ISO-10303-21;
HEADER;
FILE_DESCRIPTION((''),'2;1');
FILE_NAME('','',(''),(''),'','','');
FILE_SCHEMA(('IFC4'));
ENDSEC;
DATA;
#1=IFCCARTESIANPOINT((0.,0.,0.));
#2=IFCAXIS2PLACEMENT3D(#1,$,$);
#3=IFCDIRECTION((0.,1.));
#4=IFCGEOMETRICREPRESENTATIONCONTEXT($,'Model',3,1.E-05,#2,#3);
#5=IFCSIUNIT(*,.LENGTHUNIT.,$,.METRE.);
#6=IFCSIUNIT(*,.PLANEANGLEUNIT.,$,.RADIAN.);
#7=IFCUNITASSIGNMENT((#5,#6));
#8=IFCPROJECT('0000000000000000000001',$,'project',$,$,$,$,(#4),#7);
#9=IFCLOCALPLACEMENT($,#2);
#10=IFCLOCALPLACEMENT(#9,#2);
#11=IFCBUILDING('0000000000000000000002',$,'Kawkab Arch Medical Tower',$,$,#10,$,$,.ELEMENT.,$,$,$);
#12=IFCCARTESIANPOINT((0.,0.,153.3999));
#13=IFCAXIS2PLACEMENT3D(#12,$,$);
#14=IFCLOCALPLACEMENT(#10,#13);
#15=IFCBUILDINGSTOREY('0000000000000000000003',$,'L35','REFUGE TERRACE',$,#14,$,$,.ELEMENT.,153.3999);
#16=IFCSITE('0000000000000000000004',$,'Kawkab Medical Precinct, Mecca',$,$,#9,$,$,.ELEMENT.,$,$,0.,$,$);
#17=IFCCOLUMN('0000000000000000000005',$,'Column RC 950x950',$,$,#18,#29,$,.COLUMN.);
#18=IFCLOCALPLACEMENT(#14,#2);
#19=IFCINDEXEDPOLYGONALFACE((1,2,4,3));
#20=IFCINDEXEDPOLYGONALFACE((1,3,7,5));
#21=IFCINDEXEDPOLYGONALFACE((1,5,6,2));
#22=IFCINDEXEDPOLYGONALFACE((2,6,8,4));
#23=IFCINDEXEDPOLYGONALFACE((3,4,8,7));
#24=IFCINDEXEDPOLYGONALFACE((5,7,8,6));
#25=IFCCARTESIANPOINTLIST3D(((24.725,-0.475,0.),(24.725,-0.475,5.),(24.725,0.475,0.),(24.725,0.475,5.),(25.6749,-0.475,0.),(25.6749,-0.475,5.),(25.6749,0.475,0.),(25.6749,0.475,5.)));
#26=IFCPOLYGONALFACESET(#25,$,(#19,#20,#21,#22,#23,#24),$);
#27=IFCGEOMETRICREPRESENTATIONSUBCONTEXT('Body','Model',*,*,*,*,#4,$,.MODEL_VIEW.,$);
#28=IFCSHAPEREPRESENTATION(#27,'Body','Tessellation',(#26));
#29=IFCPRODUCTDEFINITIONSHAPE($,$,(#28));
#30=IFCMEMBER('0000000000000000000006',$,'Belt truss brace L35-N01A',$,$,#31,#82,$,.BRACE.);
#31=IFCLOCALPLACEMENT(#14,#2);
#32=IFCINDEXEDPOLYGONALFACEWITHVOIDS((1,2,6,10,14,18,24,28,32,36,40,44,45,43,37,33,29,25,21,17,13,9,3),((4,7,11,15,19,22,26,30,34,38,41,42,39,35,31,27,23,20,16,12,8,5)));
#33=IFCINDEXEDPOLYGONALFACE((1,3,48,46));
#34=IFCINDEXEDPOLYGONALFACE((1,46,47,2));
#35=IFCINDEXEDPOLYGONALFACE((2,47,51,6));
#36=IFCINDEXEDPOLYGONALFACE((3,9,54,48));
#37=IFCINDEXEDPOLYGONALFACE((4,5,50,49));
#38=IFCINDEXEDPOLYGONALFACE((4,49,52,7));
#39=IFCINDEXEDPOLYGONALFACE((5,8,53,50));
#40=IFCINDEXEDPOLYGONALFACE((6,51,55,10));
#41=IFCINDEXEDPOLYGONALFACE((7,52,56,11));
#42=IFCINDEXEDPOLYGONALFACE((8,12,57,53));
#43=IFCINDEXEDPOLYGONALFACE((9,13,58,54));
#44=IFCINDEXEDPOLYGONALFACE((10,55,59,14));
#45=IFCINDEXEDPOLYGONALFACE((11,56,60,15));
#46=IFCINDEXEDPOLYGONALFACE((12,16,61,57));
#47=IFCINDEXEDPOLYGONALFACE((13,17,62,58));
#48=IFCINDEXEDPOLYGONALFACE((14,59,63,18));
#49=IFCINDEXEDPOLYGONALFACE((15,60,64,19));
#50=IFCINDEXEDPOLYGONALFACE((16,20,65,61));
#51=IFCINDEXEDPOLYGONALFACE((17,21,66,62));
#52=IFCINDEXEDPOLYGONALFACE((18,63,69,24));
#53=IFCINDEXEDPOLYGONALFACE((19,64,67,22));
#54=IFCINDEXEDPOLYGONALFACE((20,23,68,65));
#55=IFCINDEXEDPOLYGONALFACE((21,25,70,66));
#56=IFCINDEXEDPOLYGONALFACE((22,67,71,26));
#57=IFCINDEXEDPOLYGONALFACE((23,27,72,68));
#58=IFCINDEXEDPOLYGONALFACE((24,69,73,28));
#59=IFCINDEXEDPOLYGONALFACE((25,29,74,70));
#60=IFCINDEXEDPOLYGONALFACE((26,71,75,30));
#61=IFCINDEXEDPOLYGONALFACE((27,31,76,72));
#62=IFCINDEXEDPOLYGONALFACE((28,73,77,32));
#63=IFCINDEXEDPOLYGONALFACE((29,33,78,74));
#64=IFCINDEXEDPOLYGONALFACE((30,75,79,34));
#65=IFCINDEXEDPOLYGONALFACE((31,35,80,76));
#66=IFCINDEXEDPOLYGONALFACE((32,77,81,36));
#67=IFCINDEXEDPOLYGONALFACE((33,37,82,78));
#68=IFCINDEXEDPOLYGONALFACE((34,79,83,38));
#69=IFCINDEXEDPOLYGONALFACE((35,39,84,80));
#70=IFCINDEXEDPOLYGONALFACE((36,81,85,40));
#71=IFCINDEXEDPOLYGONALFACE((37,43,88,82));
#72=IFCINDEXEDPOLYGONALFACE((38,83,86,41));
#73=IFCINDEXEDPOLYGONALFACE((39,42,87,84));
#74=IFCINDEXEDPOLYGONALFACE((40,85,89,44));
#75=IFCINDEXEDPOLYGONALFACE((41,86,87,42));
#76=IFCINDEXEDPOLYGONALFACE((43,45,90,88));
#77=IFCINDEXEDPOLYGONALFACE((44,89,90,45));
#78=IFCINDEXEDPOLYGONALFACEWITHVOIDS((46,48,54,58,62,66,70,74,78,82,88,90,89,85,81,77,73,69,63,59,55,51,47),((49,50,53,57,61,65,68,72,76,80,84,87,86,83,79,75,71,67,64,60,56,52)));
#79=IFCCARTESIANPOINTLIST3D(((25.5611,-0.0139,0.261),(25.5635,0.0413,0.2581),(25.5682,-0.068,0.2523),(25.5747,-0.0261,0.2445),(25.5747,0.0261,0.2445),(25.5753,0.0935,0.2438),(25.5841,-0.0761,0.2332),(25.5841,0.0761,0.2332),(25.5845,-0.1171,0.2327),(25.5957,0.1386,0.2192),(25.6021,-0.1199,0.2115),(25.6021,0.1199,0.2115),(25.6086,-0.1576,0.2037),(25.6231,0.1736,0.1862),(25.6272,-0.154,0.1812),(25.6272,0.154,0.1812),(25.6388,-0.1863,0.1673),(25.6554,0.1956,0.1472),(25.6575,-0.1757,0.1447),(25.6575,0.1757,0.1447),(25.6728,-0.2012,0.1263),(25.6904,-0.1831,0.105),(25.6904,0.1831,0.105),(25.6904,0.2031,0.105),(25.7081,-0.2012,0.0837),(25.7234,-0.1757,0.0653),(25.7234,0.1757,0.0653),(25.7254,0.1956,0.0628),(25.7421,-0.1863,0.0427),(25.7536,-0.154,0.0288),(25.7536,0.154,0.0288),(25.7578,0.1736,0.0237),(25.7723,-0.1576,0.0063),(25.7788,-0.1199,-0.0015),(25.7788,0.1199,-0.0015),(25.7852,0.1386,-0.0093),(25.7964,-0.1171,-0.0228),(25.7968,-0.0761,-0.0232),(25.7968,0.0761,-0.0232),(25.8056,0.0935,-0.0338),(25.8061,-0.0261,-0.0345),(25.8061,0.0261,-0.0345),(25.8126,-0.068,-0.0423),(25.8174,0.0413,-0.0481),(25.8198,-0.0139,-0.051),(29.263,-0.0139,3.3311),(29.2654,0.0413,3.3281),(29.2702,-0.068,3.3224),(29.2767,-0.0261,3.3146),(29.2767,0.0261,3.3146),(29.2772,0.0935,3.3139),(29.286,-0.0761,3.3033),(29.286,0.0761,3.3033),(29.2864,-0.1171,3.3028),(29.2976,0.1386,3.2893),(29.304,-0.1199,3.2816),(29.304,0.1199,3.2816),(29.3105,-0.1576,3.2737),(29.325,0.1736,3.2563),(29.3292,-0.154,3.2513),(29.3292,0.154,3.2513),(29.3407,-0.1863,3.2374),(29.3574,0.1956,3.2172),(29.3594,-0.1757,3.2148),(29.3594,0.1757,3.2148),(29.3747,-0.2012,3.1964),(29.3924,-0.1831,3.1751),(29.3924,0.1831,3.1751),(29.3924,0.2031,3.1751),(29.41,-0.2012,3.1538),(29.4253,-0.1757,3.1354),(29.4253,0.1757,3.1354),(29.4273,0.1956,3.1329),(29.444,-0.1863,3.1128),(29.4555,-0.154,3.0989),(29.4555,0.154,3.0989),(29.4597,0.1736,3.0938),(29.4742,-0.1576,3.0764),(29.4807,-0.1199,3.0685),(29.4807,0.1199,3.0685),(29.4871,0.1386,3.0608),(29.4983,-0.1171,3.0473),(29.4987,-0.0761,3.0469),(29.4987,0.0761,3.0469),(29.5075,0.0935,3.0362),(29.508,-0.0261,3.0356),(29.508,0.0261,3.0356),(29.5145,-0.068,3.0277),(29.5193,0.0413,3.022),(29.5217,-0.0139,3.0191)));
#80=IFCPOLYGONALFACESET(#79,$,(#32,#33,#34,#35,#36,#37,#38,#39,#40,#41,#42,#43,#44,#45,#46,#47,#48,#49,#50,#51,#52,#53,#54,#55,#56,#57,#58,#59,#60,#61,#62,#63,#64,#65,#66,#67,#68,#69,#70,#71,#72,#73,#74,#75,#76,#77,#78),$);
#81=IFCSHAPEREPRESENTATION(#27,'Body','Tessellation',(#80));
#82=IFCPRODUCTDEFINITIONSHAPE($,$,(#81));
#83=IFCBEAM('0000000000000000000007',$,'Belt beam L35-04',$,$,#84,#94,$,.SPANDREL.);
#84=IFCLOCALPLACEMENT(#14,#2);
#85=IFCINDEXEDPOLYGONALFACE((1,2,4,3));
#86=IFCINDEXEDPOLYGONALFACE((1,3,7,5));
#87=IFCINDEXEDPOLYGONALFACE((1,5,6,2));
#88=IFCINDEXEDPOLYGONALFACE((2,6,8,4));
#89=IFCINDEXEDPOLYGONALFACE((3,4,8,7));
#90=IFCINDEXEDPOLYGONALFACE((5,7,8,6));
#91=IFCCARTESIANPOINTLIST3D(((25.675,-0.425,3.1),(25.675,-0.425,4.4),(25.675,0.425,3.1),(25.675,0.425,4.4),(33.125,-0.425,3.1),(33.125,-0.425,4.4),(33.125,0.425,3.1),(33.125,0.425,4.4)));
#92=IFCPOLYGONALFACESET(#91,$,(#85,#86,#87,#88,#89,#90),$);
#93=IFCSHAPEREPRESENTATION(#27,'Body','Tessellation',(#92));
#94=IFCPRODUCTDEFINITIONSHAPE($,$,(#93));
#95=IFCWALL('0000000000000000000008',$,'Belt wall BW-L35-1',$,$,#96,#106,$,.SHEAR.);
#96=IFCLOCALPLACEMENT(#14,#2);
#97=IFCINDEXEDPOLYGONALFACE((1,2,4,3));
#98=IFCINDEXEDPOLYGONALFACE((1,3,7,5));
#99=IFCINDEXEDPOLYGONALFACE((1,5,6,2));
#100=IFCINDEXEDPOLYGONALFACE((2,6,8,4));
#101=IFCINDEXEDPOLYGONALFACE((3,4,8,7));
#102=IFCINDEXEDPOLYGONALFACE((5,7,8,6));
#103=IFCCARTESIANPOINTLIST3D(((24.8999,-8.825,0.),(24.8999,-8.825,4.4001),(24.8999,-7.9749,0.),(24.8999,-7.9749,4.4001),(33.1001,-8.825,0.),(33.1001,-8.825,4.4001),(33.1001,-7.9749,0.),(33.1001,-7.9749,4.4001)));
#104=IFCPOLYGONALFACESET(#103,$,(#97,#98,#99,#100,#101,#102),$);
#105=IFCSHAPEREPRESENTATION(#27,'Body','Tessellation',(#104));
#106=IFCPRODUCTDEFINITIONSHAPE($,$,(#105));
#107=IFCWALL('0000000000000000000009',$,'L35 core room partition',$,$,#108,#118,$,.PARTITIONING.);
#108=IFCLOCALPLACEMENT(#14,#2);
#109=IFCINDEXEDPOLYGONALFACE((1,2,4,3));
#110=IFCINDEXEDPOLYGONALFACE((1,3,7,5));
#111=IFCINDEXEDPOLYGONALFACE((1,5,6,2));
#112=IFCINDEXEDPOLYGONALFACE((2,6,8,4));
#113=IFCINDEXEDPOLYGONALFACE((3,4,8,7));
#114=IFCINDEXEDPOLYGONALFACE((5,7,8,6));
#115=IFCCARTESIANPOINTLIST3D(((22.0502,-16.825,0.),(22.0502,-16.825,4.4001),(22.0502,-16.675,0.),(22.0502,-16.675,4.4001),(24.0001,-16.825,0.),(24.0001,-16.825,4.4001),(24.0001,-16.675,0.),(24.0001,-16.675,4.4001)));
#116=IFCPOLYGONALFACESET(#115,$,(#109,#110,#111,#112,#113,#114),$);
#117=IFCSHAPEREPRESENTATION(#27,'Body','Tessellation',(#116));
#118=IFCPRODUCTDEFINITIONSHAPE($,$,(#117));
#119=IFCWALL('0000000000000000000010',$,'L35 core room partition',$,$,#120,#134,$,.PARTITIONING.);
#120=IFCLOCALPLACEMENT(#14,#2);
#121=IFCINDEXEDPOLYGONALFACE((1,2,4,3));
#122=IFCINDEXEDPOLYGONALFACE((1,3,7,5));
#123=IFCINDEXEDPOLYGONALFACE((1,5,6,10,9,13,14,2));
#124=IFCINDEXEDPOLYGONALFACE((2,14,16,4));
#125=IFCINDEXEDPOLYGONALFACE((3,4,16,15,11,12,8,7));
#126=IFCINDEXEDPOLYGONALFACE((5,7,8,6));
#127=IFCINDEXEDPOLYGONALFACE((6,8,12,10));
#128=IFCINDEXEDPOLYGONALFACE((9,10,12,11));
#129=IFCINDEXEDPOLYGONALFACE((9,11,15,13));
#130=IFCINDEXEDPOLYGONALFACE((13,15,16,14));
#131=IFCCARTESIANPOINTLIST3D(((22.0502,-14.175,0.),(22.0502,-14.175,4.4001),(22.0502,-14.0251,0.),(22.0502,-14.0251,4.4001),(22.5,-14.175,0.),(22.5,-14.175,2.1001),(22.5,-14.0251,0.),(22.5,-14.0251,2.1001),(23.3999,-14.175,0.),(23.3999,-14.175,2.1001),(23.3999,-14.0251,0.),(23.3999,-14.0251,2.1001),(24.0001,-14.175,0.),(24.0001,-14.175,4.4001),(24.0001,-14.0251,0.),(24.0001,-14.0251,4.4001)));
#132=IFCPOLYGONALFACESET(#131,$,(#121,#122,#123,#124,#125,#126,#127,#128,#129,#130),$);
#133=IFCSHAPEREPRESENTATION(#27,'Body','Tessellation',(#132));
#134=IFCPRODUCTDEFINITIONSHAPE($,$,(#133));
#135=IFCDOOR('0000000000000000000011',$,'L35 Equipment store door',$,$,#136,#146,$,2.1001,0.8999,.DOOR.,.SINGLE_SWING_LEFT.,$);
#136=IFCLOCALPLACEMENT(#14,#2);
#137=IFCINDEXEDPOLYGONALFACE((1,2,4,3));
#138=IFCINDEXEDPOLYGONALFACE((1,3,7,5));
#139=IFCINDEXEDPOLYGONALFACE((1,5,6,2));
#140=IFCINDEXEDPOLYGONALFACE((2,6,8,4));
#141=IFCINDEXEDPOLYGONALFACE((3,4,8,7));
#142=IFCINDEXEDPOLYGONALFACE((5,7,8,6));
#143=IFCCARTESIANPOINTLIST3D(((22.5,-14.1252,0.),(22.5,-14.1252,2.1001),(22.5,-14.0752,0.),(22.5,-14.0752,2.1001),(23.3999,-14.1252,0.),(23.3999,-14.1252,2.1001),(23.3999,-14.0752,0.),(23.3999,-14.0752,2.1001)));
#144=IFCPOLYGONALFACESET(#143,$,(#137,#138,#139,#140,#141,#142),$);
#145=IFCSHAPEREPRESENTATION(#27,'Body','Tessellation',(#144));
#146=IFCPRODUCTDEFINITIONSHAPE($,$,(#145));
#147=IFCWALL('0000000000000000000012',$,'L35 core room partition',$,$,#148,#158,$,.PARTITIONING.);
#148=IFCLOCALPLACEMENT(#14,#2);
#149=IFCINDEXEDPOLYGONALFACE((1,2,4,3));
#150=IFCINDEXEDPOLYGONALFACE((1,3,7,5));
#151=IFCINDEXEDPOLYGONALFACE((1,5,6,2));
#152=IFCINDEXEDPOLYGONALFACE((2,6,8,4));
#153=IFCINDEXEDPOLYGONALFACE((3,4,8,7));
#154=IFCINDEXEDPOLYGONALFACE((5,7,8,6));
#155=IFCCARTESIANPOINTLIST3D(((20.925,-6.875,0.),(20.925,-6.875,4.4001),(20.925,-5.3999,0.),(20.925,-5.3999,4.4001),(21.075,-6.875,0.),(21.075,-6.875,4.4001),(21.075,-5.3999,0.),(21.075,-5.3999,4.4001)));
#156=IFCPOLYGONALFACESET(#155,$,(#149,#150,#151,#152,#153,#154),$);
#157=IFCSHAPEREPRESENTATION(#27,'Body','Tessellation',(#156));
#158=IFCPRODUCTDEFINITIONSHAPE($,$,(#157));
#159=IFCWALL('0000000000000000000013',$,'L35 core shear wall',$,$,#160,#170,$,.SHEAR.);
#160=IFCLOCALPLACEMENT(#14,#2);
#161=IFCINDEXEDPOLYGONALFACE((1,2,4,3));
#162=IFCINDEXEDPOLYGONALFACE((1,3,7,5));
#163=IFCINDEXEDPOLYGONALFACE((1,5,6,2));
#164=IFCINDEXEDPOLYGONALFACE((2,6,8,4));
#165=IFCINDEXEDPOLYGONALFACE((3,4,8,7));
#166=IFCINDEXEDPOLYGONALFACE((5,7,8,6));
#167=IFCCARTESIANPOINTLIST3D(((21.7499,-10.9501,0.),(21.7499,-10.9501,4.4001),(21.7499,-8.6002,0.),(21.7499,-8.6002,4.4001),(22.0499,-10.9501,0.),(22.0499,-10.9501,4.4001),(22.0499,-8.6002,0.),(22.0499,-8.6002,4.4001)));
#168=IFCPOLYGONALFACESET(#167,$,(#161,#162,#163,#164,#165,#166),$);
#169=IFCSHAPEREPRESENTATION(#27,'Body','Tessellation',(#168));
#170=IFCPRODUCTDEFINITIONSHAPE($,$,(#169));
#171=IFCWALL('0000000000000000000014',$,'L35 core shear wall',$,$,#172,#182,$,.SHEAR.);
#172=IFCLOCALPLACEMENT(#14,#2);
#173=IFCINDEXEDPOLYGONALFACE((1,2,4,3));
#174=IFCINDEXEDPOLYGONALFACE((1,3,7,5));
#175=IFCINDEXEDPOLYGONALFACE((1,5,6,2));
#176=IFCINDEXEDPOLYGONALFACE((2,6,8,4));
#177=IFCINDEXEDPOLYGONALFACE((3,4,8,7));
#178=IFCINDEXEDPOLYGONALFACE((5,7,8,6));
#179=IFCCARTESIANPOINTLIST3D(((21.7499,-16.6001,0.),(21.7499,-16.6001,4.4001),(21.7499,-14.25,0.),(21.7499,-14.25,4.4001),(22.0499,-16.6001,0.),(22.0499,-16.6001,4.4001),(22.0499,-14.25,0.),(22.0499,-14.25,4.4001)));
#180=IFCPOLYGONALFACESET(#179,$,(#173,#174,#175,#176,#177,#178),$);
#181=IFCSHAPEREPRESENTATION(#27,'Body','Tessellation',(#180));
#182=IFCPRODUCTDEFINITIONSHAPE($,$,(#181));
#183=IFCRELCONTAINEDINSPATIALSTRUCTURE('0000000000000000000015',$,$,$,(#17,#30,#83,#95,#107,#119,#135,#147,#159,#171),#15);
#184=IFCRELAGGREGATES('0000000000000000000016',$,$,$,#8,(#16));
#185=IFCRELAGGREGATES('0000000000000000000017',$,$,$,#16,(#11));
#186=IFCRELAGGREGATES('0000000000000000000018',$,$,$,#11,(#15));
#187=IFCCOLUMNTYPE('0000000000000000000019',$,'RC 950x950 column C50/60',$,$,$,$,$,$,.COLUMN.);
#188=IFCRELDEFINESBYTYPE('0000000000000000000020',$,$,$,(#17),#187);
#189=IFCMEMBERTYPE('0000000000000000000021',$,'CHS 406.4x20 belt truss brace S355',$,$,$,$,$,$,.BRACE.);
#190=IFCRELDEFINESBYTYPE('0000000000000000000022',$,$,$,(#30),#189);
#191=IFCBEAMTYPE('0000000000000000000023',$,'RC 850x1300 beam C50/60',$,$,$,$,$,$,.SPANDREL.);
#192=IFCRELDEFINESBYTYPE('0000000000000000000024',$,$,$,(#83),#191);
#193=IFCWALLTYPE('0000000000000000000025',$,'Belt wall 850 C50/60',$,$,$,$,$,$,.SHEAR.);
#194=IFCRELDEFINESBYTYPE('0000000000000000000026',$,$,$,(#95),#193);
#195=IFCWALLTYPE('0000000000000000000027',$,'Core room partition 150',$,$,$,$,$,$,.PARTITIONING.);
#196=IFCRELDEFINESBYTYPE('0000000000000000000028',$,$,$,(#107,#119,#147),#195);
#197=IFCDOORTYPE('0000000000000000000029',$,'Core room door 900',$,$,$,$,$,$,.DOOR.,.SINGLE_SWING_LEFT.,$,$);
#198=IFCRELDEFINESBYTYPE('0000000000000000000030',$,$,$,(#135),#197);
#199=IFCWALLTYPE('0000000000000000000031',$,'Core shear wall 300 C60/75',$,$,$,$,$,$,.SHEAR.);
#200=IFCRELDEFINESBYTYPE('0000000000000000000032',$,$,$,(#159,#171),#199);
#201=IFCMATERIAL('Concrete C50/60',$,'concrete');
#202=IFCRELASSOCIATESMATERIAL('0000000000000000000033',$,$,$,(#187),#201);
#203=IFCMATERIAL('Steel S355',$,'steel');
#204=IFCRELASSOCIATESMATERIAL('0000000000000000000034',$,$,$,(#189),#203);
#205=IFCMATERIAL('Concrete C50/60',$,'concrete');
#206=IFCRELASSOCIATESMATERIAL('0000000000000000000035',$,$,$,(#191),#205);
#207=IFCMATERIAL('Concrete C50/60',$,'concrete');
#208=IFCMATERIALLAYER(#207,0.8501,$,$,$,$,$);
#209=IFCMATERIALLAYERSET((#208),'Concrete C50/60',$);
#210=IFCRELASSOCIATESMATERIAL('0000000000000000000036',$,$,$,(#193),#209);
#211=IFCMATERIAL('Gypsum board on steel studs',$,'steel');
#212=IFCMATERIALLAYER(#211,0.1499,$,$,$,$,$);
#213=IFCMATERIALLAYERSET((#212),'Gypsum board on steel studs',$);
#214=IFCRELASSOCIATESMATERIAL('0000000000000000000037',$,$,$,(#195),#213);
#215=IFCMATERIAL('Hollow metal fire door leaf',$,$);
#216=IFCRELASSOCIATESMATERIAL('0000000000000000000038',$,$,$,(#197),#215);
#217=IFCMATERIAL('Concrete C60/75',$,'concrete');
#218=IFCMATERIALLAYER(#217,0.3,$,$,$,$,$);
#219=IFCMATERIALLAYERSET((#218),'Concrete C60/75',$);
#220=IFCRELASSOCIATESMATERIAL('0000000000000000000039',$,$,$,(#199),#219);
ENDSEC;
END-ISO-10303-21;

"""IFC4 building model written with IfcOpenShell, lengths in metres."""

from ifc_helpers import new_model, si_unit, direction, frame, frame_2d, origin, origin_2d, place, context, subcontext, project, spatial, rectangle, hollow_circle, extrude, material, layer, layer_set, material_profile, profile_set, type_object, element, fill, save


model = new_model("IFC4")

# Units and contexts
model_context = context("Model", 3, precision=1e-05, world=origin(), true_north=direction((0.0, 1.0)))
body_context = subcontext(model_context, "Body", "Model", "MODEL_VIEW")
ifc_project = project(units=[si_unit("LENGTHUNIT", "METRE"), si_unit("PLANEANGLEUNIT", "RADIAN")], contexts=[model_context])

# Site, building, storey
site_placement = place(None, origin())
site = spatial("IfcSite", under=ifc_project, at=site_placement, Name="Kawkab Medical Precinct, Mecca", CompositionType="ELEMENT", RefElevation=0.0)
building_placement = place(site_placement, origin())
building = spatial("IfcBuilding", under=site, at=building_placement, Name="Kawkab Arch Medical Tower", CompositionType="ELEMENT")
storey_placement = place(building_placement, frame((0.0, 0.0, 153.3999)))
storey = spatial("IfcBuildingStorey", under=building, at=storey_placement, Name="L35", Description="REFUGE TERRACE", CompositionType="ELEMENT", Elevation=153.3999)

# Column
ifc_material_1 = material(Name="Concrete C50/60", Category="concrete")
ifc_material_profile_1 = material_profile(ifc_material_1, rectangle(XDim=0.95, YDim=0.95, at=origin_2d()), Name="RC 950x950")
ifc_profile_set_1 = profile_set([ifc_material_profile_1], Name="Concrete C50/60")
column_type = type_object("IfcColumnType", Name="RC 950x950 column C50/60", PredefinedType="COLUMN", material=ifc_profile_set_1)
column_placement = place(storey_placement, frame((25.2, 0.0, 0.0), z_axis=(0.0, 0.0, 1.0), x_axis=(1.0, 0.0, 0.0)))
element("IfcColumn", 1, at=column_placement, inside=storey, type_object=column_type, Name="Column RC 950x950", PredefinedType="COLUMN", context=body_context, shape_type="SweptSolid", body=[
    extrude(rectangle(XDim=0.95, YDim=0.95, at=origin_2d()), origin(), (0.0, 0.0, 1.0), 5.0),
])

# Member
ifc_material_2 = material(Name="Steel S355", Category="steel")
ifc_material_profile_2 = material_profile(ifc_material_2, hollow_circle(Radius=0.2031, WallThickness=0.02, at=origin_2d()), Name="CHS 406.4x20")
ifc_profile_set_2 = profile_set([ifc_material_profile_2], Name="Steel S355")
member_type = type_object("IfcMemberType", Name="CHS 406.4x20 belt truss brace S355", PredefinedType="BRACE", material=ifc_profile_set_2)
member_placement = place(storey_placement, frame((25.6904, 0.0, 0.105), z_axis=(0.769738, 0.0, 0.63836), x_axis=(0.0, 1.0, 0.0)))
element("IfcMember", 2, at=member_placement, inside=storey, type_object=member_type, Name="Belt truss brace L35-N01A", PredefinedType="BRACE", context=body_context, shape_type="SweptSolid", body=[
    extrude(hollow_circle(Radius=0.2031, WallThickness=0.02, at=origin_2d()), origin(), (0.0, 0.0, 1.0), 4.8093),
])

# Beam
ifc_material_3 = material(Name="Concrete C50/60", Category="concrete")
ifc_material_profile_3 = material_profile(ifc_material_3, rectangle(XDim=0.8501, YDim=1.3, at=origin_2d()), Name="RC 850x1300")
ifc_profile_set_3 = profile_set([ifc_material_profile_3], Name="Concrete C50/60")
beam_type = type_object("IfcBeamType", Name="RC 850x1300 beam C50/60", PredefinedType="SPANDREL", material=ifc_profile_set_3)
beam_placement = place(storey_placement, frame((25.675, 0.0, 3.75), z_axis=(1.0, 0.0, 0.0), x_axis=(0.0, 1.0, 0.0)))
element("IfcBeam", 3, at=beam_placement, inside=storey, type_object=beam_type, Name="Belt beam L35-04", PredefinedType="SPANDREL", context=body_context, shape_type="SweptSolid", body=[
    extrude(rectangle(XDim=0.8501, YDim=1.3, at=origin_2d()), origin(), (0.0, 0.0, 1.0), 7.45),
])

# Walls
ifc_material_4 = material(Name="Concrete C50/60", Category="concrete")
ifc_layer_1 = layer(ifc_material_4, 0.8501)
ifc_layer_set_1 = layer_set([ifc_layer_1], Name="Concrete C50/60")
wall_type_1 = type_object("IfcWallType", Name="Belt wall 850 C50/60", PredefinedType="SHEAR", material=ifc_layer_set_1)
wall_1_placement = place(storey_placement, frame((24.8999, -8.3999, 0.0), z_axis=(0.0, 0.0, 1.0), x_axis=(1.0, 0.0, 0.0)))
element("IfcWall", 4, at=wall_1_placement, inside=storey, type_object=wall_type_1, Name="Belt wall BW-L35-1", PredefinedType="SHEAR", context=body_context, shape_type="SweptSolid", body=[
    extrude(rectangle(XDim=8.2002, YDim=0.8501, at=frame_2d((4.1001, 0.0))), origin(), (0.0, 0.0, 1.0), 4.4001),
])
ifc_material_5 = material(Name="Gypsum board on steel studs", Category="steel")
ifc_layer_2 = layer(ifc_material_5, 0.1499)
ifc_layer_set_2 = layer_set([ifc_layer_2], Name="Gypsum board on steel studs")
wall_type_2 = type_object("IfcWallType", Name="Core room partition 150", PredefinedType="PARTITIONING", material=ifc_layer_set_2)
wall_2_placement = place(storey_placement, frame((22.05, -16.75, 0.0), z_axis=(0.0, 0.0, 1.0), x_axis=(1.0, 0.0, 0.0)))
element("IfcWall", 5, at=wall_2_placement, inside=storey, type_object=wall_type_2, Name="L35 core room partition", PredefinedType="PARTITIONING", context=body_context, shape_type="SweptSolid", body=[
    extrude(rectangle(XDim=1.95, YDim=0.1499, at=frame_2d((0.9751, 0.0))), origin(), (0.0, 0.0, 1.0), 4.4001),
])

# Wall, opening, door
wall_3_placement = place(storey_placement, frame((22.05, -14.1001, 0.0), z_axis=(0.0, 0.0, 1.0), x_axis=(1.0, 0.0, 0.0)))
wall_3 = element("IfcWall", 6, at=wall_3_placement, inside=storey, type_object=wall_type_2, Name="L35 core room partition", PredefinedType="PARTITIONING", context=body_context, shape_type="SweptSolid", body=[
    extrude(rectangle(XDim=1.95, YDim=0.1499, at=frame_2d((0.9751, 0.0))), origin(), (0.0, 0.0, 1.0), 4.4001),
])
opening_1_placement = place(wall_3_placement, frame((0.45, 0.0, 0.0)))
opening_1 = element("IfcOpeningElement", 7, at=opening_1_placement, cuts=wall_3, PredefinedType="OPENING", context=body_context, shape_type="SweptSolid", body=[
    extrude(rectangle(XDim=0.8999, YDim=2.1001, at=frame_2d((0.45, 1.05))), frame((0.0, 0.085, 0.0), z_axis=(0.0, -1.0, 0.0), x_axis=(1.0, 0.0, 0.0)), (0.0, 0.0, 1.0), 0.1699),
])
ifc_material_6 = material(Name="Hollow metal fire door leaf")
door_type_1 = type_object("IfcDoorType", Name="Core room door 900", OperationType="SINGLE_SWING_LEFT", PredefinedType="DOOR", material=ifc_material_6)
door_1_placement = place(opening_1_placement, origin())
door_1 = element("IfcDoor", 8, at=door_1_placement, inside=storey, type_object=door_type_1, Name="L35 Equipment store door", OperationType="SINGLE_SWING_LEFT", OverallHeight=2.1001, OverallWidth=0.8999, PredefinedType="DOOR", context=body_context, shape_type="SweptSolid", body=[
    extrude(rectangle(XDim=0.8999, YDim=2.1001, at=frame_2d((0.45, 1.05))), frame((0.0, 0.0249, 0.0), z_axis=(0.0, -1.0, 0.0), x_axis=(1.0, 0.0, 0.0)), (0.0, 0.0, 1.0), 0.05),
])
fill(opening_1, door_1)

# Walls
wall_4_placement = place(storey_placement, frame((21.0, -6.875, 0.0), z_axis=(0.0, 0.0, 1.0), x_axis=(0.0, 1.0, 0.0)))
element("IfcWall", 9, at=wall_4_placement, inside=storey, type_object=wall_type_2, Name="L35 core room partition", PredefinedType="PARTITIONING", context=body_context, shape_type="SweptSolid", body=[
    extrude(rectangle(XDim=1.4751, YDim=0.1499, at=frame_2d((0.7375, 0.0))), origin(), (0.0, 0.0, 1.0), 4.4001),
])
ifc_material_7 = material(Name="Concrete C60/75", Category="concrete")
ifc_layer_3 = layer(ifc_material_7, 0.3)
ifc_layer_set_3 = layer_set([ifc_layer_3], Name="Concrete C60/75")
wall_type_3 = type_object("IfcWallType", Name="Core shear wall 300 C60/75", PredefinedType="SHEAR", material=ifc_layer_set_3)
wall_5_placement = place(storey_placement, frame((21.8999, -10.95, 0.0), z_axis=(0.0, 0.0, 1.0), x_axis=(0.0, 1.0, 0.0)))
element("IfcWall", 10, at=wall_5_placement, inside=storey, type_object=wall_type_3, Name="L35 core shear wall", PredefinedType="SHEAR", context=body_context, shape_type="SweptSolid", body=[
    extrude(rectangle(XDim=2.3499, YDim=0.3, at=frame_2d((1.1748, 0.0))), origin(), (0.0, 0.0, 1.0), 4.4001),
])
wall_6_placement = place(storey_placement, frame((21.8999, -16.6001, 0.0), z_axis=(0.0, 0.0, 1.0), x_axis=(0.0, 1.0, 0.0)))
element("IfcWall", 11, at=wall_6_placement, inside=storey, type_object=wall_type_3, Name="L35 core shear wall", PredefinedType="SHEAR", context=body_context, shape_type="SweptSolid", body=[
    extrude(rectangle(XDim=2.3501, YDim=0.3, at=frame_2d((1.175, 0.0))), origin(), (0.0, 0.0, 1.0), 4.4001),
])

save(model, "model.ifc")
